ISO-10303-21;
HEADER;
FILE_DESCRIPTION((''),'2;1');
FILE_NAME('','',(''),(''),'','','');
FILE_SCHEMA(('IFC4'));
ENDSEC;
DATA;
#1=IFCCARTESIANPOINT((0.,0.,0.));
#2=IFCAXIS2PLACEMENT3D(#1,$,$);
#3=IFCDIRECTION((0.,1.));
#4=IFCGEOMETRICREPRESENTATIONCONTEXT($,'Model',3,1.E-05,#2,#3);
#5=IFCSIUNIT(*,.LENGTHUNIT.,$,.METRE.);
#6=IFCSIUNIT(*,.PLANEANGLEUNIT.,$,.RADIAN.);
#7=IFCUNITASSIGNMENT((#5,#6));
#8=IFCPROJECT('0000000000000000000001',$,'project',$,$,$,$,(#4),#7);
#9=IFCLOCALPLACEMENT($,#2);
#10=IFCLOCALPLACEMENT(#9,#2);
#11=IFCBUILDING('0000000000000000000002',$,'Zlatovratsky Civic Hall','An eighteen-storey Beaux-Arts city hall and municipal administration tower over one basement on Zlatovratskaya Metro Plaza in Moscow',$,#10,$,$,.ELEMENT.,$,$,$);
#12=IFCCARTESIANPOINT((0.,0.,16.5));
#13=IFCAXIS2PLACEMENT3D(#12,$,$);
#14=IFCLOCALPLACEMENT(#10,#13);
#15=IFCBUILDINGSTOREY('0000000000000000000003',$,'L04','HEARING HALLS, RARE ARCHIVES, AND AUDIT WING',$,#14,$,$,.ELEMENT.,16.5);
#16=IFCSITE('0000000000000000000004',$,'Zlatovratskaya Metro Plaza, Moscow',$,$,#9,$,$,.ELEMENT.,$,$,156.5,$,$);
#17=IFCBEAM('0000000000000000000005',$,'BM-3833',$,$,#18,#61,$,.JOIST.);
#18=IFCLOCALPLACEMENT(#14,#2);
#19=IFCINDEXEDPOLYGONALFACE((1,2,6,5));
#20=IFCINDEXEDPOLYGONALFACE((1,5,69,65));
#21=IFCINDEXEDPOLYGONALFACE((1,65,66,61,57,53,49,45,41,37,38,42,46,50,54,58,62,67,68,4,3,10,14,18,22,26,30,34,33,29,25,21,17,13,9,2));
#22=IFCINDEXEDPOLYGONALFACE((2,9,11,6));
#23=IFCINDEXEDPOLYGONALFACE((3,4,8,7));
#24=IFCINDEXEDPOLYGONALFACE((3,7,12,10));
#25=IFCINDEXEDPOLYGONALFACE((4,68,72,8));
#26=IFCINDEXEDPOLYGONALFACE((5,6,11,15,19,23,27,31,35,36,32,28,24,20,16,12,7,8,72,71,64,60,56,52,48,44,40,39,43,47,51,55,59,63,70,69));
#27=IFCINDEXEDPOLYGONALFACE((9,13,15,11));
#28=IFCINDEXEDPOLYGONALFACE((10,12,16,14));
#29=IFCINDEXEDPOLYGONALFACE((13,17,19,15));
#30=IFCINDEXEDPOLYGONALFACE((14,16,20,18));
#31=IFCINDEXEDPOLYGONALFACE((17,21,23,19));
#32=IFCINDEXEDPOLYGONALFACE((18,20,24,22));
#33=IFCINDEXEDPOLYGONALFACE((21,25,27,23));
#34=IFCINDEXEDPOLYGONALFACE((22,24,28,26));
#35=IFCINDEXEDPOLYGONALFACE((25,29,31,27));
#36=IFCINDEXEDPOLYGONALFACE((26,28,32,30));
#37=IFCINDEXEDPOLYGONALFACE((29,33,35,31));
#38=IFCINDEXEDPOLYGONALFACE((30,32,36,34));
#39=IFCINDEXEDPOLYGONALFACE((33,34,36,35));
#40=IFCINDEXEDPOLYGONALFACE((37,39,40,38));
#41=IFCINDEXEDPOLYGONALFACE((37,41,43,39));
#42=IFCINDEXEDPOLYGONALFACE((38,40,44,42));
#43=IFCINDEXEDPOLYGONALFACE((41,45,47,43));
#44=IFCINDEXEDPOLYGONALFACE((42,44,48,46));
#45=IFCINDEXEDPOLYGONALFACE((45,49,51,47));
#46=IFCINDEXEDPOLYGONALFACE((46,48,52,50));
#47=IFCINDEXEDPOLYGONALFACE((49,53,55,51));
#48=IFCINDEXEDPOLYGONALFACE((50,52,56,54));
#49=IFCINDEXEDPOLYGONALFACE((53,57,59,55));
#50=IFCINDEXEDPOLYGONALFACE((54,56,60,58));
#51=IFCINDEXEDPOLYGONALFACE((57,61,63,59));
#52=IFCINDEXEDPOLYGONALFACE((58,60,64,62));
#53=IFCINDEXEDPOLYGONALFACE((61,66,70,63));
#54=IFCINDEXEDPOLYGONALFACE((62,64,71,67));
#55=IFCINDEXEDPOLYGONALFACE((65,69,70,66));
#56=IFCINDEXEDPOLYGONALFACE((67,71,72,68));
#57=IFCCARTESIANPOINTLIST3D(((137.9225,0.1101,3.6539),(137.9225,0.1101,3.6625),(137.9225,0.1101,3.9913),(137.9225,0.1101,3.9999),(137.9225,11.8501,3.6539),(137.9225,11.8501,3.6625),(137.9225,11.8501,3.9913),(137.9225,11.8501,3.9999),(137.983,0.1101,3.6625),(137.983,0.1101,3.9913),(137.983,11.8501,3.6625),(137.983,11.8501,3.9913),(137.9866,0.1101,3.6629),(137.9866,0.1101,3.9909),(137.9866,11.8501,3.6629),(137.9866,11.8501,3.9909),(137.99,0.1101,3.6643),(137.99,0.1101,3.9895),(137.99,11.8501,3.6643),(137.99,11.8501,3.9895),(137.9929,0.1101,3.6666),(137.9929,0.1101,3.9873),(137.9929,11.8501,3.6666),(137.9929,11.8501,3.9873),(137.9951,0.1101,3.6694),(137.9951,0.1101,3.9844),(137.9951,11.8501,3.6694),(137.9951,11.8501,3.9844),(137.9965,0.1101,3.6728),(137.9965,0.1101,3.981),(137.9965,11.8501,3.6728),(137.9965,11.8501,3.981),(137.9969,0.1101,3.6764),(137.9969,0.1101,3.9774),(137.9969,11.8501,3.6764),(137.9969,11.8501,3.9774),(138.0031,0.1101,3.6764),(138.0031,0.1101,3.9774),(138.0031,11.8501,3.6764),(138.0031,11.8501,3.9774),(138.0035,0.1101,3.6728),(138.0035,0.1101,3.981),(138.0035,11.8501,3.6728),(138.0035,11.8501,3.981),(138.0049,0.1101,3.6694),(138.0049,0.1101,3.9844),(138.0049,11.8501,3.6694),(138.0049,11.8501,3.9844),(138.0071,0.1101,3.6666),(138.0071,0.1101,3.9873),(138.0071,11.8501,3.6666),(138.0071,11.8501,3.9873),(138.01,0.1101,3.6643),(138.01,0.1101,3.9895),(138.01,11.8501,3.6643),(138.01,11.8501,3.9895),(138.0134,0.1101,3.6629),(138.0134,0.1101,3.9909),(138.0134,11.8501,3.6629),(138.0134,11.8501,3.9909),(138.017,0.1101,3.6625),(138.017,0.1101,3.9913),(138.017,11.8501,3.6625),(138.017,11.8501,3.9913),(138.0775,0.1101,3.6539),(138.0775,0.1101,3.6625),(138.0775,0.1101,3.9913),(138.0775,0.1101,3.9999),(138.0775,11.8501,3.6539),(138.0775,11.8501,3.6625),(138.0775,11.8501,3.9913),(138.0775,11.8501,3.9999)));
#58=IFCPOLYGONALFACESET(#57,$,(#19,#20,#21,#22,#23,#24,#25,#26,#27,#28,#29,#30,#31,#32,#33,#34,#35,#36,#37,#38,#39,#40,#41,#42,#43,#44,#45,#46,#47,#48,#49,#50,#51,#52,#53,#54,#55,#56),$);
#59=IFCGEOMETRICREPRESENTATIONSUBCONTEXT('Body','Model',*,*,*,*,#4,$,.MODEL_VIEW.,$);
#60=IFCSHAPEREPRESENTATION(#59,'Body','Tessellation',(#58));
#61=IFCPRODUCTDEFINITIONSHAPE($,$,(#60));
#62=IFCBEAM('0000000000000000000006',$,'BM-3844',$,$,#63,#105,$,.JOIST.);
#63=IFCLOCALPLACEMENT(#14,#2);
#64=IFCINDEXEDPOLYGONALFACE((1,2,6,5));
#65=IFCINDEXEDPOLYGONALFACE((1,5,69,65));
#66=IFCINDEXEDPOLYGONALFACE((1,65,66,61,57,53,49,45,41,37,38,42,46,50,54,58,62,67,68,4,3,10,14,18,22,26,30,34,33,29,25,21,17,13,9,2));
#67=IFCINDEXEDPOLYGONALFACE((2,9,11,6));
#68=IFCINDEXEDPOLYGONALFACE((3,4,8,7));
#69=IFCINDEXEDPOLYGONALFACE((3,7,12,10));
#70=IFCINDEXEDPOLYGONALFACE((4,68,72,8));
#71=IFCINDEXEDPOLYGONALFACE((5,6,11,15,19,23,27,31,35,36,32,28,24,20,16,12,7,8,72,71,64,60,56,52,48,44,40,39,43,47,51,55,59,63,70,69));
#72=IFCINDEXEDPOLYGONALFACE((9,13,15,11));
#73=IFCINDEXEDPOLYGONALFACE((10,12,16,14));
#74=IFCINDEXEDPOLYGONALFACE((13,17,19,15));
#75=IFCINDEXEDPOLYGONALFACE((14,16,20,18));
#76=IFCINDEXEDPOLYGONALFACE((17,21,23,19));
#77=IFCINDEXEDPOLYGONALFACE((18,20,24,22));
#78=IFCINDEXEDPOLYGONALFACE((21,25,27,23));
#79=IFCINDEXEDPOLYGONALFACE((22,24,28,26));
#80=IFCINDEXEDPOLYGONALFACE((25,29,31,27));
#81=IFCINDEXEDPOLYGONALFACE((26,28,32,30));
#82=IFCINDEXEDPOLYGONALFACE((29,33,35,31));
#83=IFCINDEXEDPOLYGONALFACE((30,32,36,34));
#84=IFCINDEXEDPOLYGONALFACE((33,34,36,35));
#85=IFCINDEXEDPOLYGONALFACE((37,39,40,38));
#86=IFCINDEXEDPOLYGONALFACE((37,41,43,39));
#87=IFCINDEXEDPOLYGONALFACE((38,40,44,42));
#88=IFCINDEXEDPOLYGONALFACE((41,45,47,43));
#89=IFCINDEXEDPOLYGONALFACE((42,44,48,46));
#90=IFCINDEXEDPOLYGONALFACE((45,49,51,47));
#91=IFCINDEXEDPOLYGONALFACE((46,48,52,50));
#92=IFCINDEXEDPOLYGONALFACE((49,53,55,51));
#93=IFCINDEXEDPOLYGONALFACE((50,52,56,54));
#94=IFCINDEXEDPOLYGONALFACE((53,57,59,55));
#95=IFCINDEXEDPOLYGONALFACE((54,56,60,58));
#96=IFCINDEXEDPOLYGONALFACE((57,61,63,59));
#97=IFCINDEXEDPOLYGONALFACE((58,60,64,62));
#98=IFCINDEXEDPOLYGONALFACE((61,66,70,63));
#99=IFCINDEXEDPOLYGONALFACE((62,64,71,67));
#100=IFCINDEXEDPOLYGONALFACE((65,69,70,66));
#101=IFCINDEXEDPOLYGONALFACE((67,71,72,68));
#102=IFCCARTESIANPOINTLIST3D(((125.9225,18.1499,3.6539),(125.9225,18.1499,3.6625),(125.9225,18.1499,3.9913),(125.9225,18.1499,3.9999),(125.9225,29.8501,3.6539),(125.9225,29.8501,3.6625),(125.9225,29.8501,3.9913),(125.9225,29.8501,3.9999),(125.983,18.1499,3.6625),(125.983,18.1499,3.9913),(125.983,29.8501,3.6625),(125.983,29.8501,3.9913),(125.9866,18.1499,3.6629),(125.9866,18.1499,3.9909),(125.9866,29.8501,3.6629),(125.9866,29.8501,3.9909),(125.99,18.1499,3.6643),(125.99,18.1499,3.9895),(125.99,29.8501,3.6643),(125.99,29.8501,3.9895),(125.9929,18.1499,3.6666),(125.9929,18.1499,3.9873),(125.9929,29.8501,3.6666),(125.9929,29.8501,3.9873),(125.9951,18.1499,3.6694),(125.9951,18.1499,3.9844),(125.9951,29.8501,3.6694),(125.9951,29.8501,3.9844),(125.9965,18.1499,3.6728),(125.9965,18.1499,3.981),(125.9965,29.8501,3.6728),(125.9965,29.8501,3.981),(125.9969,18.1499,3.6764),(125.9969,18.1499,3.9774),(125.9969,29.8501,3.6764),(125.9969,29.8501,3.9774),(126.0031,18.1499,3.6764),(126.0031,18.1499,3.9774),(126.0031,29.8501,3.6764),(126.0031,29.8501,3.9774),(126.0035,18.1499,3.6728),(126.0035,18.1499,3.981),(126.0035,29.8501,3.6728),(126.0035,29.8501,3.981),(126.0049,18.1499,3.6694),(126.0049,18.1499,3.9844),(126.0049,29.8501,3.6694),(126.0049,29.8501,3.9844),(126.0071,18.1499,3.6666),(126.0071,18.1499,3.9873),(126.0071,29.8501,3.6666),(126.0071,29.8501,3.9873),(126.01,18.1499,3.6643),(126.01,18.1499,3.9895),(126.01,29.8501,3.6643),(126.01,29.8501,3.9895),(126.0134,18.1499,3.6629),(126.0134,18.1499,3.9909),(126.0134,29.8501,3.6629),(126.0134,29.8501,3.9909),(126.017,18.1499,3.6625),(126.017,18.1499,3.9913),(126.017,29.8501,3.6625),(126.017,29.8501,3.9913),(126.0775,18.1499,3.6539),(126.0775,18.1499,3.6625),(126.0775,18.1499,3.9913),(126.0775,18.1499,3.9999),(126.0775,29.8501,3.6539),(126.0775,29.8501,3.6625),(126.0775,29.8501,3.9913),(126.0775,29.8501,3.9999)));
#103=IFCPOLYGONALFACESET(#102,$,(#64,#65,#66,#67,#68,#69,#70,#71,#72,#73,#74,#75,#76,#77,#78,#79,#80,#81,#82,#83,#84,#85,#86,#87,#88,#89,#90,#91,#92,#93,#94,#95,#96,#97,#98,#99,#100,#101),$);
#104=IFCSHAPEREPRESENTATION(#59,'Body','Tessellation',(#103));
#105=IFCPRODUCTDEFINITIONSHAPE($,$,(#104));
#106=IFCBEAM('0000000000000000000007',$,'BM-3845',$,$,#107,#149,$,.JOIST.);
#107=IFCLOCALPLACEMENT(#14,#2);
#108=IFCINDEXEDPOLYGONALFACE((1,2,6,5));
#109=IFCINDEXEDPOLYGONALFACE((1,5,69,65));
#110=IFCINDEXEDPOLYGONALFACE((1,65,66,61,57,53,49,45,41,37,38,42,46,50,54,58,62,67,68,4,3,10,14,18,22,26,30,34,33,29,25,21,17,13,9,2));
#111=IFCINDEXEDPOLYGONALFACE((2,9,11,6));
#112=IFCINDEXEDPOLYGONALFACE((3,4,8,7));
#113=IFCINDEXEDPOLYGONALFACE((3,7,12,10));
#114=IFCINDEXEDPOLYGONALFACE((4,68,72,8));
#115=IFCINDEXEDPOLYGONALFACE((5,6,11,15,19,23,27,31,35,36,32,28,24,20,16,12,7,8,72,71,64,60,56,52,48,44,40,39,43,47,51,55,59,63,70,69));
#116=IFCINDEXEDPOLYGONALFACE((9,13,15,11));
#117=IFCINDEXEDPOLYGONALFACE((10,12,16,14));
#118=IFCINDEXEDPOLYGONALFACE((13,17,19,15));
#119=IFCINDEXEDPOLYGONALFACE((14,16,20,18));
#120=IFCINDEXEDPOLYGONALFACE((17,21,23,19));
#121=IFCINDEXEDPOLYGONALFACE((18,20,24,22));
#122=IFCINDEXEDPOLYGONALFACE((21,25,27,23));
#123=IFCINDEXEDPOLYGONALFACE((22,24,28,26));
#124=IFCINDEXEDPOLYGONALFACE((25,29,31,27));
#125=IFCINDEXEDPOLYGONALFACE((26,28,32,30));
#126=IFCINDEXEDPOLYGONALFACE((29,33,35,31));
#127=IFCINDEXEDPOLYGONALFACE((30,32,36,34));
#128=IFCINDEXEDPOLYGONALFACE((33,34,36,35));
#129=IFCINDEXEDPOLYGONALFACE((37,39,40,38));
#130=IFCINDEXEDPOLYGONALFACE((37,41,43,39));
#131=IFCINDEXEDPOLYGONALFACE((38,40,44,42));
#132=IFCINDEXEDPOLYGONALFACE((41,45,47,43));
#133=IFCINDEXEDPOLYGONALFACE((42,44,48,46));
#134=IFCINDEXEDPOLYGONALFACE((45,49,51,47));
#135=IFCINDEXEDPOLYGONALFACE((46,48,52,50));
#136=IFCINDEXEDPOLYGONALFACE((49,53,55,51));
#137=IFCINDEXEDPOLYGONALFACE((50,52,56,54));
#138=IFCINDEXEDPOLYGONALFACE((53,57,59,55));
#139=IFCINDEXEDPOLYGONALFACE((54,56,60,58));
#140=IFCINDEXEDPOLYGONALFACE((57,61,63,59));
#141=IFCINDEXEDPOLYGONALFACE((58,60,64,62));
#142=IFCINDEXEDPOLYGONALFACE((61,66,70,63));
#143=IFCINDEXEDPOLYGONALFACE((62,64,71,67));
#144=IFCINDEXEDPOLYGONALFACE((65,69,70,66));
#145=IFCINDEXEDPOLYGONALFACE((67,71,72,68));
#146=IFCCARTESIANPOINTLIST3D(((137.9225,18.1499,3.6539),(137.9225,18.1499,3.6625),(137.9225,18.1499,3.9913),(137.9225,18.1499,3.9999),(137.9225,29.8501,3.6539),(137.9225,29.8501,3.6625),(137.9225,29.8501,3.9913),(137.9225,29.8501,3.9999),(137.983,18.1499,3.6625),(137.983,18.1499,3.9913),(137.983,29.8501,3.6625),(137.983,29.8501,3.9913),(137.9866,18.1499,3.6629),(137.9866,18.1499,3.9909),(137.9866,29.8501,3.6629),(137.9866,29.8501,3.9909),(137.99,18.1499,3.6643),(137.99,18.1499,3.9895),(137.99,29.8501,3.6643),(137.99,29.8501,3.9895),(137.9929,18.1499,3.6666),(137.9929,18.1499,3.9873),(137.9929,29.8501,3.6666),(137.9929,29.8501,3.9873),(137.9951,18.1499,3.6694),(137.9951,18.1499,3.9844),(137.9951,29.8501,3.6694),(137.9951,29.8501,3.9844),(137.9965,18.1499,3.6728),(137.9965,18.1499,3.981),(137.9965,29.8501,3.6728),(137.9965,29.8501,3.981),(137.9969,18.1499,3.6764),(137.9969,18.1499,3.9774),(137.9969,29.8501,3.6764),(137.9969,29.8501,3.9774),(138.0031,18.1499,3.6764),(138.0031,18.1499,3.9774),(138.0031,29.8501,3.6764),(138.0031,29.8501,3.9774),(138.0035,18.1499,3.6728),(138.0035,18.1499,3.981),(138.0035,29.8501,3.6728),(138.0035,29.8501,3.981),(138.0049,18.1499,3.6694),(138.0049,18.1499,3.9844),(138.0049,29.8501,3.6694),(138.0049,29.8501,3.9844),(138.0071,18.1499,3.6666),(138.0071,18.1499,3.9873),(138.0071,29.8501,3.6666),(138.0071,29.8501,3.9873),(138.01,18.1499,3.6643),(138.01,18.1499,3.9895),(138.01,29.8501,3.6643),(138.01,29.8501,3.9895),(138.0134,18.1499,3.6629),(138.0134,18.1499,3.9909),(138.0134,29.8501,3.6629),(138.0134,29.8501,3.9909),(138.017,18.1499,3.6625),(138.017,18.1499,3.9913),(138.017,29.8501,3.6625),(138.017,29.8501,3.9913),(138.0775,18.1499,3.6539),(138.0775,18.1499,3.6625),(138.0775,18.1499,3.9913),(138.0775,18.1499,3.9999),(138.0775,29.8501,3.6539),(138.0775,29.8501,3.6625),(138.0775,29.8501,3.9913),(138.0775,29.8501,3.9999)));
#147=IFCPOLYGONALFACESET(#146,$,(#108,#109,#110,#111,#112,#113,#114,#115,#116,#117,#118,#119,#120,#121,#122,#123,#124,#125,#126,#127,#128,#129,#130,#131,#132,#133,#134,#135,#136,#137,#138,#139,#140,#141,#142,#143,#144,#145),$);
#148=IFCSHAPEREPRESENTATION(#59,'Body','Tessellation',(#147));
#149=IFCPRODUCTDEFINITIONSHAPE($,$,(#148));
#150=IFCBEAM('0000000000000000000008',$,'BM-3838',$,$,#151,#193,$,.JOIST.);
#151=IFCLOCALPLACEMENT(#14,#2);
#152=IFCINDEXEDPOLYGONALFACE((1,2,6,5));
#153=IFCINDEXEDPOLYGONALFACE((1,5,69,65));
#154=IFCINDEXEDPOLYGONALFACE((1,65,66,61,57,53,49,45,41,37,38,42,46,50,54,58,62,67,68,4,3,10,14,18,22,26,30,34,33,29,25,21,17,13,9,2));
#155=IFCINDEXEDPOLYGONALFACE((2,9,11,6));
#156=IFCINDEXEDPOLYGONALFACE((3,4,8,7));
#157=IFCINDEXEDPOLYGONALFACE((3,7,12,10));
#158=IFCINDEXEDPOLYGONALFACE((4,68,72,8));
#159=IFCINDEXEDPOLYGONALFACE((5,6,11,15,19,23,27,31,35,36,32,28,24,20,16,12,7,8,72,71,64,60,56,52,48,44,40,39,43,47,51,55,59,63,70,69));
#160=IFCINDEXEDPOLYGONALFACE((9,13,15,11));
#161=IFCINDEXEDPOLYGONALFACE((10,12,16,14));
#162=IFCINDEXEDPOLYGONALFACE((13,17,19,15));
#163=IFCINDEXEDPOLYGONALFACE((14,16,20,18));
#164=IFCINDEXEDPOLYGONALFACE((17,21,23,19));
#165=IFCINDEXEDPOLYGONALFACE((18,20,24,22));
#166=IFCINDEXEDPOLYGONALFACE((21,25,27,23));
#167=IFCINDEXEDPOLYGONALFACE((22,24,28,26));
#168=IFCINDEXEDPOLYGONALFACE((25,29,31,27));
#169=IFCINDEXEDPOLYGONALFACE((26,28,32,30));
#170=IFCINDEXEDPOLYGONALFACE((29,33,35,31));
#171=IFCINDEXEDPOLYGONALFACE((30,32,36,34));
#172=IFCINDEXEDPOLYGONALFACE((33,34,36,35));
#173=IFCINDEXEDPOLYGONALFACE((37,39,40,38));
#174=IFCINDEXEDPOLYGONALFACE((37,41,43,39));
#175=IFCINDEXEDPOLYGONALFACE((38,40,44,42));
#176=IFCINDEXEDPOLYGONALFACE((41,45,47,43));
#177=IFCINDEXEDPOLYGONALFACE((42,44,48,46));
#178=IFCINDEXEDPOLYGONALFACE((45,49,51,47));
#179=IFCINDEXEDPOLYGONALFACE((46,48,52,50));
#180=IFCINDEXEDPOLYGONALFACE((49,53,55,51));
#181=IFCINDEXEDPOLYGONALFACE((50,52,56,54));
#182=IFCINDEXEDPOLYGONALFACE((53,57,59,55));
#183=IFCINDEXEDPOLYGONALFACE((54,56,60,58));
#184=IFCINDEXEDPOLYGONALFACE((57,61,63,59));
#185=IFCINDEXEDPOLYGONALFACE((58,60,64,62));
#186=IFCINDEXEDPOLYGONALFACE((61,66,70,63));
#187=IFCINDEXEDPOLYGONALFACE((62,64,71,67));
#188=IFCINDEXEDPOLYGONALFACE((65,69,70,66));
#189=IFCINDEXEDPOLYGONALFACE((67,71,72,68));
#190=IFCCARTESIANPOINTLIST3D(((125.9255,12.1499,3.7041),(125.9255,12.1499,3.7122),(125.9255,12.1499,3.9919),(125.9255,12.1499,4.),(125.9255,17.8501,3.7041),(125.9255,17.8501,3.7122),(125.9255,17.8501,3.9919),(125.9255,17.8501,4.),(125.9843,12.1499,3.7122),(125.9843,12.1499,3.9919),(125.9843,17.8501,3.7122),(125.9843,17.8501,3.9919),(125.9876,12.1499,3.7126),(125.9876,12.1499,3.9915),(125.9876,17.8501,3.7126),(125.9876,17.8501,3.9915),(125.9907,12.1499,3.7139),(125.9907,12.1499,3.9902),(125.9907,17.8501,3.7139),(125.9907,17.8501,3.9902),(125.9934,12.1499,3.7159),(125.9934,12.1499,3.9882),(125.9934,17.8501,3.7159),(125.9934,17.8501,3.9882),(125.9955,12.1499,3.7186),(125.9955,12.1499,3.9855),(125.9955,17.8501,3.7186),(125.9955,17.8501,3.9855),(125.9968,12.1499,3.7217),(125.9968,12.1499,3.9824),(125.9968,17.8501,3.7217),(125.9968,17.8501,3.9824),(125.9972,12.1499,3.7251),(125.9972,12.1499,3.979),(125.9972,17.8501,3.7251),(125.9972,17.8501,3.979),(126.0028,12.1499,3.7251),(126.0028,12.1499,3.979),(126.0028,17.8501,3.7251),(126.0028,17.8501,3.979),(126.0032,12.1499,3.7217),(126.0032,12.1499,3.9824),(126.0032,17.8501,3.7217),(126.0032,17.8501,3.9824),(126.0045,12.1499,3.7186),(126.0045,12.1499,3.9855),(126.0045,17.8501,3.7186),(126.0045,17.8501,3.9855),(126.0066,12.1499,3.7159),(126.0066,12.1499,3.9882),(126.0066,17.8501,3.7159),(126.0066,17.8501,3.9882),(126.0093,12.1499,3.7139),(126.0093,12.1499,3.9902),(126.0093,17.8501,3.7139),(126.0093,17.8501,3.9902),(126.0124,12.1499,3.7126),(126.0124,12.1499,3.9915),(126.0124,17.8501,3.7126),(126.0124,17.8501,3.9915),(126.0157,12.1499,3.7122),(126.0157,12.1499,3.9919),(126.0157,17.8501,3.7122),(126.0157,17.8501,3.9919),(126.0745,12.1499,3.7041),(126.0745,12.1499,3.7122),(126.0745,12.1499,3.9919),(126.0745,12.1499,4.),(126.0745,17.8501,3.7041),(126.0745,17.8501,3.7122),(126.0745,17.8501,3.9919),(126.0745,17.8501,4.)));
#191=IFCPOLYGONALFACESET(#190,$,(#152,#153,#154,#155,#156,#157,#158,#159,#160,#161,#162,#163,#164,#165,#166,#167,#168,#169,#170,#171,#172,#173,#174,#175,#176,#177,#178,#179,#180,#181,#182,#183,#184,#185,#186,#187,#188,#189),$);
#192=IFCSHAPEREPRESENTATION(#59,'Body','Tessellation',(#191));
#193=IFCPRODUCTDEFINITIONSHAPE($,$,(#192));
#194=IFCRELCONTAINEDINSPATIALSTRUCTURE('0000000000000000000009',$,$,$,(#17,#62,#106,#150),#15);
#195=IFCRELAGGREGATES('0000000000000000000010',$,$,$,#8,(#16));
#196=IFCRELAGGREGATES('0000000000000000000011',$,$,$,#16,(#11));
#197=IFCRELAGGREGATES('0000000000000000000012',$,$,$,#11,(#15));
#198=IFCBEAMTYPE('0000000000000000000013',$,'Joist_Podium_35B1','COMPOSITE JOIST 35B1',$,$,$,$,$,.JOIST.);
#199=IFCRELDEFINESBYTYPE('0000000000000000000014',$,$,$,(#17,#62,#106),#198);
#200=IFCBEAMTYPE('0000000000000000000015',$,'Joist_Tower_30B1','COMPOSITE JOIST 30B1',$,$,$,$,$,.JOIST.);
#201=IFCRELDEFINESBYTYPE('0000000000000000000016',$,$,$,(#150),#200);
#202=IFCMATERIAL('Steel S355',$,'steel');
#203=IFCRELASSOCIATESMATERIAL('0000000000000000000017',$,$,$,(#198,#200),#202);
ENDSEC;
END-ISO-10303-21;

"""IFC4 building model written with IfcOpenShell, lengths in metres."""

from ifc_helpers import new_model, si_unit, direction, frame, origin, origin_2d, place, context, subcontext, project, spatial, i_section, extrude, material, material_profile, profile_set, type_object, element, save


model = new_model("IFC4")

# Units and contexts
model_context = context("Model", 3, precision=1e-05, world=origin(), true_north=direction((0.0, 1.0)))
body_context = subcontext(model_context, "Body", "Model", "MODEL_VIEW")
ifc_project = project(units=[si_unit("LENGTHUNIT", "METRE"), si_unit("PLANEANGLEUNIT", "RADIAN")], contexts=[model_context])

# Site, building, storey
site_placement = place(None, origin())
site = spatial("IfcSite", under=ifc_project, at=site_placement, Name="Zlatovratskaya Metro Plaza, Moscow", CompositionType="ELEMENT", RefElevation=156.5)
building_placement = place(site_placement, origin())
building = spatial("IfcBuilding", under=site, at=building_placement, Name="Zlatovratsky Civic Hall", Description="An eighteen-storey Beaux-Arts city hall and municipal administration tower over one basement on Zlatovratskaya Metro Plaza in Moscow", CompositionType="ELEMENT")
storey_placement = place(building_placement, frame((0.0, 0.0, 16.5)))
storey = spatial("IfcBuildingStorey", under=building, at=storey_placement, Name="L04", Description="HEARING HALLS, RARE ARCHIVES, AND AUDIT WING", CompositionType="ELEMENT", Elevation=16.5)

# Shared definitions
ifc_material_1 = material(Name="Steel S355", Category="steel")

# Beams
ifc_material_profile_1 = material_profile(ifc_material_1, i_section(OverallWidth=0.155, OverallDepth=0.3459, WebThickness=0.0061, FlangeThickness=0.0085, FilletRadius=0.0139, at=origin_2d()), Name="35B1")
ifc_profile_set_1 = profile_set([ifc_material_profile_1], Name="Steel S355")
beam_type_1 = type_object("IfcBeamType", Name="Joist_Podium_35B1", Description="COMPOSITE JOIST 35B1", PredefinedType="JOIST", material=ifc_profile_set_1)
for number, where, z_axis, x_axis, name in (
    (1, (138.0, 0.1101, 3.8269), (0.0, 1.0, 0.0), (-1.0, 0.0, 0.0), "BM-3833"),
):
    element("IfcBeam", number, at=place(storey_placement, frame(where, z_axis=z_axis, x_axis=x_axis)), inside=storey, type_object=beam_type_1, Name=name, PredefinedType="JOIST", context=body_context, shape_type="SweptSolid", body=[
        extrude(i_section(OverallWidth=0.155, OverallDepth=0.3459, WebThickness=0.0061, FlangeThickness=0.0085, FilletRadius=0.0139, at=origin_2d()), origin(), (0.0, 0.0, 1.0), 11.74),
    ])
for number, where, z_axis, x_axis, name in (
    (2, (126.0, 18.1499, 3.8269), (0.0, 1.0, 0.0), (-1.0, 0.0, 0.0), "BM-3844"),
    (3, (138.0, 18.1499, 3.8269), (0.0, 1.0, 0.0), (-1.0, 0.0, 0.0), "BM-3845"),
):
    element("IfcBeam", number, at=place(storey_placement, frame(where, z_axis=z_axis, x_axis=x_axis)), inside=storey, type_object=beam_type_1, Name=name, PredefinedType="JOIST", context=body_context, shape_type="SweptSolid", body=[
        extrude(i_section(OverallWidth=0.155, OverallDepth=0.3459, WebThickness=0.0061, FlangeThickness=0.0085, FilletRadius=0.0139, at=origin_2d()), origin(), (0.0, 0.0, 1.0), 11.7002),
    ])
ifc_material_profile_2 = material_profile(ifc_material_1, i_section(OverallWidth=0.1489, OverallDepth=0.2959, WebThickness=0.0056, FlangeThickness=0.0081, FilletRadius=0.0129, at=origin_2d()), Name="30B1")
ifc_profile_set_2 = profile_set([ifc_material_profile_2], Name="Steel S355")
beam_type_2 = type_object("IfcBeamType", Name="Joist_Tower_30B1", Description="COMPOSITE JOIST 30B1", PredefinedType="JOIST", material=ifc_profile_set_2)
for number, where, z_axis, x_axis, name in (
    (4, (126.0, 12.1499, 3.8521), (0.0, 1.0, 0.0), (-1.0, 0.0, 0.0), "BM-3838"),
):
    element("IfcBeam", number, at=place(storey_placement, frame(where, z_axis=z_axis, x_axis=x_axis)), inside=storey, type_object=beam_type_2, Name=name, PredefinedType="JOIST", context=body_context, shape_type="SweptSolid", body=[
        extrude(i_section(OverallWidth=0.1489, OverallDepth=0.2959, WebThickness=0.0056, FlangeThickness=0.0081, FilletRadius=0.0129, at=origin_2d()), origin(), (0.0, 0.0, 1.0), 5.7002),
    ])

save(model, "model.ifc")
